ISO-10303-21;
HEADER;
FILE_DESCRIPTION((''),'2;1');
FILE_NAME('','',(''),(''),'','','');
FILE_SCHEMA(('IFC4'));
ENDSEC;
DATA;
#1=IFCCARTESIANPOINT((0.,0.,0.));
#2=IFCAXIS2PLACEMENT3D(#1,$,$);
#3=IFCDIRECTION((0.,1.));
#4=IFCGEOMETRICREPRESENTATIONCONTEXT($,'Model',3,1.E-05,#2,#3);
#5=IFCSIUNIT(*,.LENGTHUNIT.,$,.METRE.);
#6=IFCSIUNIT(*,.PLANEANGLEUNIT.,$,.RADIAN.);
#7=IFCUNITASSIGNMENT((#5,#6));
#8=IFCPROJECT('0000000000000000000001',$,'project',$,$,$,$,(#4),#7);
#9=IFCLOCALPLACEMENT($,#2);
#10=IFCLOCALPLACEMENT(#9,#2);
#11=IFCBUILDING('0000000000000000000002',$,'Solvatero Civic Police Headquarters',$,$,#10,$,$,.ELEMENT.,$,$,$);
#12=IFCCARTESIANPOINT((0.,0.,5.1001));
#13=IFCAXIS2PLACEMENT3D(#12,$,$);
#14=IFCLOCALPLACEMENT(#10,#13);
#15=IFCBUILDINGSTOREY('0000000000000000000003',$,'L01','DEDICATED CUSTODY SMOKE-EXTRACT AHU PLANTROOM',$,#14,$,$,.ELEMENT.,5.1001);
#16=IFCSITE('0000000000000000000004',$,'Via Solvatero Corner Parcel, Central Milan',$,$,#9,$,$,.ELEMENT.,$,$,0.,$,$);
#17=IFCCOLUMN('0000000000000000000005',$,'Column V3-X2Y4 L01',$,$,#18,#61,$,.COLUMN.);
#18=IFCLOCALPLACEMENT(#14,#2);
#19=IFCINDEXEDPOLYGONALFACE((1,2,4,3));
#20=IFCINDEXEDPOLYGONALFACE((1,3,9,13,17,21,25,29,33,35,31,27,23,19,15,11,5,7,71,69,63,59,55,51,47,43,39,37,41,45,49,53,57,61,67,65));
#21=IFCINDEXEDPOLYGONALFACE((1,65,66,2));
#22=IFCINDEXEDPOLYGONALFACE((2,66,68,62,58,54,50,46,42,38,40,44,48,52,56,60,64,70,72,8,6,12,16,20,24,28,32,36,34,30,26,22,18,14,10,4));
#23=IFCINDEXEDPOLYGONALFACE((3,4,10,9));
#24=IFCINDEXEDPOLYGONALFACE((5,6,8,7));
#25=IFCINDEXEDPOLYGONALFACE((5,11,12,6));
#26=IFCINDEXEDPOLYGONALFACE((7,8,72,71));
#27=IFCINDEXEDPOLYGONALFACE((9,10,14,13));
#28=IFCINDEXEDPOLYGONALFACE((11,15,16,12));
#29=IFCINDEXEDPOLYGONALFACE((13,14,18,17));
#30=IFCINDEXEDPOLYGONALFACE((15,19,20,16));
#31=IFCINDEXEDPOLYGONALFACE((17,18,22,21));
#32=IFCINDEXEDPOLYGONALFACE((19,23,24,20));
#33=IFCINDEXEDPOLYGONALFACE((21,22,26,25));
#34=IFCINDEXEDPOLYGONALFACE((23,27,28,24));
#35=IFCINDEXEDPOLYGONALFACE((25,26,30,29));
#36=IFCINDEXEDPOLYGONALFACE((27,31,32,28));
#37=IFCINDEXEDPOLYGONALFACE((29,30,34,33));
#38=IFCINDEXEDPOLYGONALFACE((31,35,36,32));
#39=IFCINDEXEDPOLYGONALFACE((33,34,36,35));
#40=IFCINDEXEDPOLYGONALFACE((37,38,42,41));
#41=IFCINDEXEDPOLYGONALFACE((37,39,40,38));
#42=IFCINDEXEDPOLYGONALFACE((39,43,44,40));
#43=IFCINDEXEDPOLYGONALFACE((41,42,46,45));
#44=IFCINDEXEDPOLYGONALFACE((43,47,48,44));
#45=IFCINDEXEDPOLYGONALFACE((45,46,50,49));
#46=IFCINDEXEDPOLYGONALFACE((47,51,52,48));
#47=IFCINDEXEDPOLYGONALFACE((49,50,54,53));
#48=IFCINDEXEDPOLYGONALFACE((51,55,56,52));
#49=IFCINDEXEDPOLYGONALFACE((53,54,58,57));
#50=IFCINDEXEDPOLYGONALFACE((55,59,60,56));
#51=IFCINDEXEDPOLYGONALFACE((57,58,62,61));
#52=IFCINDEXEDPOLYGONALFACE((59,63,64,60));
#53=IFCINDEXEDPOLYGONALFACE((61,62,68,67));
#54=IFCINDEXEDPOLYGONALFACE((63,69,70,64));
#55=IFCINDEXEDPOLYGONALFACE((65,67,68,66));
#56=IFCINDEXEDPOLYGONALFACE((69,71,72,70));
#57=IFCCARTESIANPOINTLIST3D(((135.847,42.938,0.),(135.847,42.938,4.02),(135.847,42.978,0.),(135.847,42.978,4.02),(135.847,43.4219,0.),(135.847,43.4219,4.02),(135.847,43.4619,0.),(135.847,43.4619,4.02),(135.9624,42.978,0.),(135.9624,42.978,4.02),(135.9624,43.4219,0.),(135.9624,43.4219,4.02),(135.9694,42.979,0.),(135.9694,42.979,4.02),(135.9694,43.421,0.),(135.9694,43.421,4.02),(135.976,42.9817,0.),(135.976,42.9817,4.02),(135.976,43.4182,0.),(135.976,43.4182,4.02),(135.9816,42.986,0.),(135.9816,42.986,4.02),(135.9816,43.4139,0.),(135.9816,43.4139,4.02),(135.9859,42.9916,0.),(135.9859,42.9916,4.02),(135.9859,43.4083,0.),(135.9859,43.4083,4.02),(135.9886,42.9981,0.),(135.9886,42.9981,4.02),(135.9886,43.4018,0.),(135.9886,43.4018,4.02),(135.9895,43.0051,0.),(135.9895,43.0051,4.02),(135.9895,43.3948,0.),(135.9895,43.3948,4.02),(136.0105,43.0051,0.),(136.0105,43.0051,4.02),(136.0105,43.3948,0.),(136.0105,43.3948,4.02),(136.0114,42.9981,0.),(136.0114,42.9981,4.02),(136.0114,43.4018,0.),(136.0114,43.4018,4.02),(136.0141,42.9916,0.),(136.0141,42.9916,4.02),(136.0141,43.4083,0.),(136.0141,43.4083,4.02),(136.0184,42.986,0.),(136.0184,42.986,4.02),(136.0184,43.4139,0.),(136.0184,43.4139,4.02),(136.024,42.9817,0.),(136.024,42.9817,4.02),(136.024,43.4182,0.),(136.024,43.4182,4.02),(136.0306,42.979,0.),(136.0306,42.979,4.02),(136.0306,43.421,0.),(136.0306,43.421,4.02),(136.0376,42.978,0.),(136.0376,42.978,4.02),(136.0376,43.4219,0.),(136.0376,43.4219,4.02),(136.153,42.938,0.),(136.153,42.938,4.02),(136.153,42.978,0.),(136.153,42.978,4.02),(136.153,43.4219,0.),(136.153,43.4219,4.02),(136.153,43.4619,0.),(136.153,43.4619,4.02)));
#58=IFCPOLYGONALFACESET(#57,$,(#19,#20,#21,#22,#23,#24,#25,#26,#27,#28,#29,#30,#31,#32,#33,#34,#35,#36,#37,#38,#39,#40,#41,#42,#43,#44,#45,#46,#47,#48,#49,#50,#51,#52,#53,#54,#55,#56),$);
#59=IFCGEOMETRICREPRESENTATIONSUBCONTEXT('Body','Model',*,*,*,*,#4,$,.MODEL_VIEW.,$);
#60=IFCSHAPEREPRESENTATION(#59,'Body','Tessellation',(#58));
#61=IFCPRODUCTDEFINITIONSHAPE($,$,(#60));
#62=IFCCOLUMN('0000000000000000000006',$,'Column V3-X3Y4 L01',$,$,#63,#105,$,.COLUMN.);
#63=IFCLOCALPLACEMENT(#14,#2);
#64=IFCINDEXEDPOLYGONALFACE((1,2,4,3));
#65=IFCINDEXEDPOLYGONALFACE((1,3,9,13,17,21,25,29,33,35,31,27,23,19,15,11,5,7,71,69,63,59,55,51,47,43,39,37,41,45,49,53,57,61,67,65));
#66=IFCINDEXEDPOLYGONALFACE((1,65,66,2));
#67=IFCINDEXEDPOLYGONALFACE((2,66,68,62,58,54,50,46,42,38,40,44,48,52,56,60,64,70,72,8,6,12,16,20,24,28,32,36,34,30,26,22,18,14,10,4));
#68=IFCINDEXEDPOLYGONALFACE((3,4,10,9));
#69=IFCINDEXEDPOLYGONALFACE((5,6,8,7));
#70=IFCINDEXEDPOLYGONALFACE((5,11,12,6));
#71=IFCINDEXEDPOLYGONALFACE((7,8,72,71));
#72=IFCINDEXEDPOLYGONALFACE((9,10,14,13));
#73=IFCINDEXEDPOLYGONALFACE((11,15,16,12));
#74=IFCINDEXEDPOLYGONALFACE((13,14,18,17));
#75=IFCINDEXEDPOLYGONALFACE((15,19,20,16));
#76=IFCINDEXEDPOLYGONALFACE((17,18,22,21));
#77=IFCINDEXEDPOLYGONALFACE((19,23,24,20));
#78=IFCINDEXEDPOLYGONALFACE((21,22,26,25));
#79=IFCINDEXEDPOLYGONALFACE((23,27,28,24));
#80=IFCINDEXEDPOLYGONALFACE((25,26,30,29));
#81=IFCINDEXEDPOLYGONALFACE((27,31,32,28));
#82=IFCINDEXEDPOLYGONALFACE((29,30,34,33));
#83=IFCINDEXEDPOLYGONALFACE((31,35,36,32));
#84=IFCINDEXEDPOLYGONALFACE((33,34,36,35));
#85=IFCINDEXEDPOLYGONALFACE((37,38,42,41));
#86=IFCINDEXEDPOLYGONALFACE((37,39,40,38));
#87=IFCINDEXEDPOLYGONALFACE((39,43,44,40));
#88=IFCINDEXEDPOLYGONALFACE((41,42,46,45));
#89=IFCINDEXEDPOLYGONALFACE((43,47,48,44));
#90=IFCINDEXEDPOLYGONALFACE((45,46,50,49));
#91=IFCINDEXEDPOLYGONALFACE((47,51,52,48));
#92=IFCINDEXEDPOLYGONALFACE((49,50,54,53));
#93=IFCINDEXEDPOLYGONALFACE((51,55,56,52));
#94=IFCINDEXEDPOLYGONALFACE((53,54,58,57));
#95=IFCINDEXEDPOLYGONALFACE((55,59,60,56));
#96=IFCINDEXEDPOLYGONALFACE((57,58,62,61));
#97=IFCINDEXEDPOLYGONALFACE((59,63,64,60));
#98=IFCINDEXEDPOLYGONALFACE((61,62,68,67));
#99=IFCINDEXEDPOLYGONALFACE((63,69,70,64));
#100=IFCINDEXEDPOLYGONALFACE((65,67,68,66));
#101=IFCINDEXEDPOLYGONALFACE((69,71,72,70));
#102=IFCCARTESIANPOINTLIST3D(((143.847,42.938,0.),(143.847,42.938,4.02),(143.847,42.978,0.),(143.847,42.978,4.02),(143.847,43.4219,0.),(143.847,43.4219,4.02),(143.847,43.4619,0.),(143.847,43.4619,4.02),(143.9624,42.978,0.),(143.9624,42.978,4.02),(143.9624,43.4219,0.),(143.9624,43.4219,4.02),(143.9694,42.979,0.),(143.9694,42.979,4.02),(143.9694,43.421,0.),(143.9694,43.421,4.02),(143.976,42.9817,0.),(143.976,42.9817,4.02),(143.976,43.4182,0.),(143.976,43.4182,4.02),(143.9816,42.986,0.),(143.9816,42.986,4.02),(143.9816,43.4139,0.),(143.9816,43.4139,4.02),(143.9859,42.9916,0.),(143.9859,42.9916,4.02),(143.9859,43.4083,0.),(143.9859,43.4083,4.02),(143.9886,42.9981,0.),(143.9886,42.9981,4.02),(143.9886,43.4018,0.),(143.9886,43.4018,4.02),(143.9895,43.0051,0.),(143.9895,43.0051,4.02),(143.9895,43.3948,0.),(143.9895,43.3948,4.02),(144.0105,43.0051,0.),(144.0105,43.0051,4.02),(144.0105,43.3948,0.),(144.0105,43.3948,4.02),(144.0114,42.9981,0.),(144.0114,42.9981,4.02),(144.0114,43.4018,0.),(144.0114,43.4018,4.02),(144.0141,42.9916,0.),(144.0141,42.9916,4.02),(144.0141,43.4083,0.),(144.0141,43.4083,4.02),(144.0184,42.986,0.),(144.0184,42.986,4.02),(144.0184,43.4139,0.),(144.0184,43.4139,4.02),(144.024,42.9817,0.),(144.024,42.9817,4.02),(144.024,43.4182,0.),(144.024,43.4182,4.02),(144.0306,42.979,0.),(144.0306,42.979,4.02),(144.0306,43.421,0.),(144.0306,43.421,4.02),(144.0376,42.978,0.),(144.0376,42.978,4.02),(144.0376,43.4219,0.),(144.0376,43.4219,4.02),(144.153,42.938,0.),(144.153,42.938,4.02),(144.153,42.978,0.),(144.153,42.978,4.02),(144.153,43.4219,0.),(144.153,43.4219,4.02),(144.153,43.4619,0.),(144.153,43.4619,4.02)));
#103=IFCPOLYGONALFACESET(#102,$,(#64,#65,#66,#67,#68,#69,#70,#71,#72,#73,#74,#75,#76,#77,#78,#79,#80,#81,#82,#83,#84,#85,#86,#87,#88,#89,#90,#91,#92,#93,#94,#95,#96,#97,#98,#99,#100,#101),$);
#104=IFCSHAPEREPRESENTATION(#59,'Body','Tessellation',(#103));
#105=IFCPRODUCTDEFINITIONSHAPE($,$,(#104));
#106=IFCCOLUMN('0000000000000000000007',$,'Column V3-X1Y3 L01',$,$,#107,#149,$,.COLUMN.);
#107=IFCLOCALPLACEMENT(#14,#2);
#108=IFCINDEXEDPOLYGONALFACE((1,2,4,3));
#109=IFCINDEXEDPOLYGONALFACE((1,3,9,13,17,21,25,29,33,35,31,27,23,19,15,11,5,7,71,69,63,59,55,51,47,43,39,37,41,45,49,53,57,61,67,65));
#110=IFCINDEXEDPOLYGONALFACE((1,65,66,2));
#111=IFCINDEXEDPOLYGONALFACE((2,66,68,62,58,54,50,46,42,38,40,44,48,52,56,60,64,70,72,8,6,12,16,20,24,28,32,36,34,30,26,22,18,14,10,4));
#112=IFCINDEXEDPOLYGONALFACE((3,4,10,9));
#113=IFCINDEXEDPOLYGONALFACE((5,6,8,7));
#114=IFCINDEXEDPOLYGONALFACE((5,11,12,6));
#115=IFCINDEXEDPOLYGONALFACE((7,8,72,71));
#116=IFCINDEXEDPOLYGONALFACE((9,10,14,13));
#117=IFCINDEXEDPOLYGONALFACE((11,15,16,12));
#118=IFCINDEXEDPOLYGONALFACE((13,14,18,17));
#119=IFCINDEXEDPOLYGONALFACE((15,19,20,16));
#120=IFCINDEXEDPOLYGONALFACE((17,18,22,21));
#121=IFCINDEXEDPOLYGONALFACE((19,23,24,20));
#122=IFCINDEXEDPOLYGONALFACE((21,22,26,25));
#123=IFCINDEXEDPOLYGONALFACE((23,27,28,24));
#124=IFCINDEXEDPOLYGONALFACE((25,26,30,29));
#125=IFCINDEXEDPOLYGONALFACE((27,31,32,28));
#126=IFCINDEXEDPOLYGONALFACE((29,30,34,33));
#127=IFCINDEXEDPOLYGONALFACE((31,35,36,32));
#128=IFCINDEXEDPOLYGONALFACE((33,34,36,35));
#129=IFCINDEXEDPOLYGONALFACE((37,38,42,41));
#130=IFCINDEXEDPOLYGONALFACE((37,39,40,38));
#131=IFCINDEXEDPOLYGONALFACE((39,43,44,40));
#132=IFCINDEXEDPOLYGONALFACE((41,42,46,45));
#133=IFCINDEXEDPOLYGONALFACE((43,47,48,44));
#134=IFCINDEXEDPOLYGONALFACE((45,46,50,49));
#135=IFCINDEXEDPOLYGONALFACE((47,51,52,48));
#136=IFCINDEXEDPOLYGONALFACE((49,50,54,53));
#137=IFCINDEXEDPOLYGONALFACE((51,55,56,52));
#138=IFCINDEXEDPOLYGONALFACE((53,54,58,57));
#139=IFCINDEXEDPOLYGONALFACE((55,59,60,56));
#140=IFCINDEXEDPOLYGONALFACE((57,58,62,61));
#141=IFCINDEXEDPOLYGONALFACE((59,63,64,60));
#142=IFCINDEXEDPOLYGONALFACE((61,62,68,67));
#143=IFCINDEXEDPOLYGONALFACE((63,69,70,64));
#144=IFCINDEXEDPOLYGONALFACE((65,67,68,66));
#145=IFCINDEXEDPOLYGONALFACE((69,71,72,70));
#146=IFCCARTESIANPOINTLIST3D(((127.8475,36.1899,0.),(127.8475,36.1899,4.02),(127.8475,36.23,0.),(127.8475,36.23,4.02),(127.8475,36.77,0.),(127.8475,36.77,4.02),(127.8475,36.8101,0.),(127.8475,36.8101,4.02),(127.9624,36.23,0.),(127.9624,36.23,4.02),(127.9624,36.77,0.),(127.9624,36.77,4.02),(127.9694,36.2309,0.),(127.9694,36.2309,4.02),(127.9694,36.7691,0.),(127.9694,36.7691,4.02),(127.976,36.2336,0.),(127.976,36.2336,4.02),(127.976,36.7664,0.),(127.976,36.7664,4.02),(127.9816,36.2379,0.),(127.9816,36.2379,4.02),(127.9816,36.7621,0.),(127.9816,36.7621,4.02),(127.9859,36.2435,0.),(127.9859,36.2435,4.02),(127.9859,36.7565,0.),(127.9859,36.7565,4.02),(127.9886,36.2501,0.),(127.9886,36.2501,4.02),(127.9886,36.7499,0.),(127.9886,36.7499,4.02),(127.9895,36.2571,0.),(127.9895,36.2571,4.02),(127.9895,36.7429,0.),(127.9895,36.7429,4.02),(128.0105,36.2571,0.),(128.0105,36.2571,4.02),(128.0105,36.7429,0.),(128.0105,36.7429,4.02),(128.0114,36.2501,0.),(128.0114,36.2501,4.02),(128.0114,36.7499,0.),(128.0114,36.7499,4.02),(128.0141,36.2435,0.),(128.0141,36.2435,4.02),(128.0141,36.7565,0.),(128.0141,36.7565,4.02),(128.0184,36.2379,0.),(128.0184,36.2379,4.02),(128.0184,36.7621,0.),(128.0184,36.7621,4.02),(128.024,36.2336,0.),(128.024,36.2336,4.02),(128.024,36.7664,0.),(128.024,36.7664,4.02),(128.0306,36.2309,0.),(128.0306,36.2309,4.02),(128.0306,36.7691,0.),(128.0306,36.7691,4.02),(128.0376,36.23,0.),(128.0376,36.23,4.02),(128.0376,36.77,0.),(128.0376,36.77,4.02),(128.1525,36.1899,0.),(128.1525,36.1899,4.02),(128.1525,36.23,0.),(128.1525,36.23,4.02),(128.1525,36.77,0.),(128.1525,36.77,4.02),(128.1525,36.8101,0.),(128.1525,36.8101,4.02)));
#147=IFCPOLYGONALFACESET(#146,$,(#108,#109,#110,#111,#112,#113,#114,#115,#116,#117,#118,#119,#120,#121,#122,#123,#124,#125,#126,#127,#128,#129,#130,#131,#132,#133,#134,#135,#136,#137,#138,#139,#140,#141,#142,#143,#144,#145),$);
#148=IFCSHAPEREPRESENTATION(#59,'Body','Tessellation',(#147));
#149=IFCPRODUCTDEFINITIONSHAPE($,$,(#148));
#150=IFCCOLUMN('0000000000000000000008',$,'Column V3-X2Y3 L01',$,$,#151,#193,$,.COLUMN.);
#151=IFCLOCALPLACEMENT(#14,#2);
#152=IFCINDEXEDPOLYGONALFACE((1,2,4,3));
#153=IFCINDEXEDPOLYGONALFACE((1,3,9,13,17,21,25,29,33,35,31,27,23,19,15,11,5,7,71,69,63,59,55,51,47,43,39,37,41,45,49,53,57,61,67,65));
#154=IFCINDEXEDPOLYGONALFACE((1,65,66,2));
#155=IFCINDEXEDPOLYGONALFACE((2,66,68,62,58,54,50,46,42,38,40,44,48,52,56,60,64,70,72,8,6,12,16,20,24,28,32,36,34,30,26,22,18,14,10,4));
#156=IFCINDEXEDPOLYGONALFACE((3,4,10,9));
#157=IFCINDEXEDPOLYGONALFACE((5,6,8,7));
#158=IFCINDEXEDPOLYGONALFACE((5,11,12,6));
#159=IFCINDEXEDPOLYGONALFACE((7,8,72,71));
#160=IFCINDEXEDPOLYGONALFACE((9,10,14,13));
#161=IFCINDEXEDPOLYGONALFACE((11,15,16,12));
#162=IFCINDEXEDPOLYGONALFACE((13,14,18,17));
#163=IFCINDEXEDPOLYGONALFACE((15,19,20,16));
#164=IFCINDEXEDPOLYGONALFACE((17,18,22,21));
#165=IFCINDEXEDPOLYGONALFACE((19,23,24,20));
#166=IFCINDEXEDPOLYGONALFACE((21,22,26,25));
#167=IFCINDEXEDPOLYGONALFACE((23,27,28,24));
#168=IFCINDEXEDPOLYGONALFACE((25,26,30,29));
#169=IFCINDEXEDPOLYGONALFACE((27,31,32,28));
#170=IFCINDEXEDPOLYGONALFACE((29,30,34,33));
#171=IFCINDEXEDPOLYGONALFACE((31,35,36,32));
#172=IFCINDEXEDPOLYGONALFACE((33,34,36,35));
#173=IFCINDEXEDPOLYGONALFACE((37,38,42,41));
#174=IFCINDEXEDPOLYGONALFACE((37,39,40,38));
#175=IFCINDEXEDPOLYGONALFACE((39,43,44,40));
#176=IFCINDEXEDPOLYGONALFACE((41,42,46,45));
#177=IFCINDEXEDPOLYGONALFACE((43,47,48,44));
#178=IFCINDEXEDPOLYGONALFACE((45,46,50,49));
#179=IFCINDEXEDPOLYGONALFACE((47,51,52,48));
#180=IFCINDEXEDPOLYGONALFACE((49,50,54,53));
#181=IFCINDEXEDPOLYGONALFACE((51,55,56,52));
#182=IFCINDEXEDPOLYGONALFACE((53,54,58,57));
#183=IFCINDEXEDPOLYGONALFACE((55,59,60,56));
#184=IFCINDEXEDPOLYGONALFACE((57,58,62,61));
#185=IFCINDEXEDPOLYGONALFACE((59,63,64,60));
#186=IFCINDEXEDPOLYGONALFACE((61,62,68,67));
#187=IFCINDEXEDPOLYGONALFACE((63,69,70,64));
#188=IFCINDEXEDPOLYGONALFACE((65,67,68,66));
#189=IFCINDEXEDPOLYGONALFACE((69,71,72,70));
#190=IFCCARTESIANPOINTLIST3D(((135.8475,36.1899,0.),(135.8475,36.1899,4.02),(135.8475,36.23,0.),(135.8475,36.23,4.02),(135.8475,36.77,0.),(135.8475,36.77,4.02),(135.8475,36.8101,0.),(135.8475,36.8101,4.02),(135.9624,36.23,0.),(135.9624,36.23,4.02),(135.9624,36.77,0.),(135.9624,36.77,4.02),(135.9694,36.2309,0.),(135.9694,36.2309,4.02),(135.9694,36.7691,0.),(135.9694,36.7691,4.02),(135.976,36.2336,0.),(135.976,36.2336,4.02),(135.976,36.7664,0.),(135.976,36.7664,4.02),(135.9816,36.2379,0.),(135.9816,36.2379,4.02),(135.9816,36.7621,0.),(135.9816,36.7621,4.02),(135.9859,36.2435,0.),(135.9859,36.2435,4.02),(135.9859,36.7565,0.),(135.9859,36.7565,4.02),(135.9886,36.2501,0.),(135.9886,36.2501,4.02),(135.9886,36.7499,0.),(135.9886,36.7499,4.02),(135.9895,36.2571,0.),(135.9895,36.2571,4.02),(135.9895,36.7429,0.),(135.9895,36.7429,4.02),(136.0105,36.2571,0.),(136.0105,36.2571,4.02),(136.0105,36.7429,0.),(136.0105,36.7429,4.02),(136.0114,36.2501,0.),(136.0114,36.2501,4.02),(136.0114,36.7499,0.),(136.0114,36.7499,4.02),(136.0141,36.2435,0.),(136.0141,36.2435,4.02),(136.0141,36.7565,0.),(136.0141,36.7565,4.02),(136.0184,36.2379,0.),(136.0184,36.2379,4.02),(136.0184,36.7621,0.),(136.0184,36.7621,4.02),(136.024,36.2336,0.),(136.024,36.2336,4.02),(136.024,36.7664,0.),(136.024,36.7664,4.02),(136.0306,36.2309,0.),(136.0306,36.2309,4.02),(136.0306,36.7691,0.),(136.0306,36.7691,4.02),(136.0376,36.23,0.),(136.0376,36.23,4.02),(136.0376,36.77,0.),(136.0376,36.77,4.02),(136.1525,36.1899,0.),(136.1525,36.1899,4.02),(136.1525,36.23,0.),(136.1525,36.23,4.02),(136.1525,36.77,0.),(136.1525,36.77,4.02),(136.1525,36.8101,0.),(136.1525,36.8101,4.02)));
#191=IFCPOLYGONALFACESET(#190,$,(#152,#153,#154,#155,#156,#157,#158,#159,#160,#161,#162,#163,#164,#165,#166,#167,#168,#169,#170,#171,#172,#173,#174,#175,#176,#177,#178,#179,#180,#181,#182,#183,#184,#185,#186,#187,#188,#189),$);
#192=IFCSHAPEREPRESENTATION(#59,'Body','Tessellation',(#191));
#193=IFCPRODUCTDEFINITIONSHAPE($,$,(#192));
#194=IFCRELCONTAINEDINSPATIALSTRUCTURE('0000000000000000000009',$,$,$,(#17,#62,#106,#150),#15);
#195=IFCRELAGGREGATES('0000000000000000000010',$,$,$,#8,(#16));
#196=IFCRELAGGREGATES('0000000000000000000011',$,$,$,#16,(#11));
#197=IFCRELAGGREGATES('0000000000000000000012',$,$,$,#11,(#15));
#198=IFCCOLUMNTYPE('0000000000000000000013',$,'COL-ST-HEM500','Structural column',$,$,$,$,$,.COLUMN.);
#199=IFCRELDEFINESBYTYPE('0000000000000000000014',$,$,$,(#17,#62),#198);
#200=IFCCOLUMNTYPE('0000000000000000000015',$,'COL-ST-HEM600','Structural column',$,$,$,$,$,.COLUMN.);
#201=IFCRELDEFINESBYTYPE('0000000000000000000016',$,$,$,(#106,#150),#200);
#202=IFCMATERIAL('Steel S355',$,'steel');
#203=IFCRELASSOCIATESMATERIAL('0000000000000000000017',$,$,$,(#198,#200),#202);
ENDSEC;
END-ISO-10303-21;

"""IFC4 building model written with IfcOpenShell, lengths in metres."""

from ifc_helpers import new_model, si_unit, direction, frame, origin, origin_2d, place, context, subcontext, project, spatial, i_section, extrude, material, material_profile, profile_set, type_object, element, save


model = new_model("IFC4")

# Units and contexts
model_context = context("Model", 3, precision=1e-05, world=origin(), true_north=direction((0.0, 1.0)))
body_context = subcontext(model_context, "Body", "Model", "MODEL_VIEW")
ifc_project = project(units=[si_unit("LENGTHUNIT", "METRE"), si_unit("PLANEANGLEUNIT", "RADIAN")], contexts=[model_context])

# Site, building, storey
site_placement = place(None, origin())
site = spatial("IfcSite", under=ifc_project, at=site_placement, Name="Via Solvatero Corner Parcel, Central Milan", CompositionType="ELEMENT", RefElevation=0.0)
building_placement = place(site_placement, origin())
building = spatial("IfcBuilding", under=site, at=building_placement, Name="Solvatero Civic Police Headquarters", CompositionType="ELEMENT")
storey_placement = place(building_placement, frame((0.0, 0.0, 5.1001)))
storey = spatial("IfcBuildingStorey", under=building, at=storey_placement, Name="L01", Description="DEDICATED CUSTODY SMOKE-EXTRACT AHU PLANTROOM", CompositionType="ELEMENT", Elevation=5.1001)

# Columns
ifc_material_1 = material(Name="Steel S355", Category="steel")
ifc_material_profile_1 = material_profile(ifc_material_1, i_section(OverallWidth=0.3059, OverallDepth=0.5239, WebThickness=0.021, FlangeThickness=0.04, FilletRadius=0.0271, at=origin_2d()), Name="HEM 500")
ifc_profile_set_1 = profile_set([ifc_material_profile_1], Name="Steel S355")
column_type_1 = type_object("IfcColumnType", Name="COL-ST-HEM500", Description="Structural column", PredefinedType="COLUMN", material=ifc_profile_set_1)
for number, where, z_axis, x_axis, name in (
    (1, (136.0, 43.2, 0.0), (0.0, 0.0, 1.0), (1.0, 0.0, 0.0), "Column V3-X2Y4 L01"),
    (2, (144.0, 43.2, 0.0), (0.0, 0.0, 1.0), (1.0, 0.0, 0.0), "Column V3-X3Y4 L01"),
):
    element("IfcColumn", number, at=place(storey_placement, frame(where, z_axis=z_axis, x_axis=x_axis)), inside=storey, type_object=column_type_1, Name=name, PredefinedType="COLUMN", context=body_context, shape_type="SweptSolid", body=[
        extrude(i_section(OverallWidth=0.3059, OverallDepth=0.5239, WebThickness=0.021, FlangeThickness=0.04, FilletRadius=0.0271, at=origin_2d()), origin(), (0.0, 0.0, 1.0), 4.02),
    ])
ifc_material_profile_2 = material_profile(ifc_material_1, i_section(OverallWidth=0.3049, OverallDepth=0.6201, WebThickness=0.021, FlangeThickness=0.04, FilletRadius=0.0271, at=origin_2d()), Name="HEM 600")
ifc_profile_set_2 = profile_set([ifc_material_profile_2], Name="Steel S355")
column_type_2 = type_object("IfcColumnType", Name="COL-ST-HEM600", Description="Structural column", PredefinedType="COLUMN", material=ifc_profile_set_2)
for number, where, z_axis, x_axis, name in (
    (3, (128.0, 36.5, 0.0), (0.0, 0.0, 1.0), (1.0, 0.0, 0.0), "Column V3-X1Y3 L01"),
    (4, (136.0, 36.5, 0.0), (0.0, 0.0, 1.0), (1.0, 0.0, 0.0), "Column V3-X2Y3 L01"),
):
    element("IfcColumn", number, at=place(storey_placement, frame(where, z_axis=z_axis, x_axis=x_axis)), inside=storey, type_object=column_type_2, Name=name, PredefinedType="COLUMN", context=body_context, shape_type="SweptSolid", body=[
        extrude(i_section(OverallWidth=0.3049, OverallDepth=0.6201, WebThickness=0.021, FlangeThickness=0.04, FilletRadius=0.0271, at=origin_2d()), origin(), (0.0, 0.0, 1.0), 4.02),
    ])

save(model, "model.ifc")
